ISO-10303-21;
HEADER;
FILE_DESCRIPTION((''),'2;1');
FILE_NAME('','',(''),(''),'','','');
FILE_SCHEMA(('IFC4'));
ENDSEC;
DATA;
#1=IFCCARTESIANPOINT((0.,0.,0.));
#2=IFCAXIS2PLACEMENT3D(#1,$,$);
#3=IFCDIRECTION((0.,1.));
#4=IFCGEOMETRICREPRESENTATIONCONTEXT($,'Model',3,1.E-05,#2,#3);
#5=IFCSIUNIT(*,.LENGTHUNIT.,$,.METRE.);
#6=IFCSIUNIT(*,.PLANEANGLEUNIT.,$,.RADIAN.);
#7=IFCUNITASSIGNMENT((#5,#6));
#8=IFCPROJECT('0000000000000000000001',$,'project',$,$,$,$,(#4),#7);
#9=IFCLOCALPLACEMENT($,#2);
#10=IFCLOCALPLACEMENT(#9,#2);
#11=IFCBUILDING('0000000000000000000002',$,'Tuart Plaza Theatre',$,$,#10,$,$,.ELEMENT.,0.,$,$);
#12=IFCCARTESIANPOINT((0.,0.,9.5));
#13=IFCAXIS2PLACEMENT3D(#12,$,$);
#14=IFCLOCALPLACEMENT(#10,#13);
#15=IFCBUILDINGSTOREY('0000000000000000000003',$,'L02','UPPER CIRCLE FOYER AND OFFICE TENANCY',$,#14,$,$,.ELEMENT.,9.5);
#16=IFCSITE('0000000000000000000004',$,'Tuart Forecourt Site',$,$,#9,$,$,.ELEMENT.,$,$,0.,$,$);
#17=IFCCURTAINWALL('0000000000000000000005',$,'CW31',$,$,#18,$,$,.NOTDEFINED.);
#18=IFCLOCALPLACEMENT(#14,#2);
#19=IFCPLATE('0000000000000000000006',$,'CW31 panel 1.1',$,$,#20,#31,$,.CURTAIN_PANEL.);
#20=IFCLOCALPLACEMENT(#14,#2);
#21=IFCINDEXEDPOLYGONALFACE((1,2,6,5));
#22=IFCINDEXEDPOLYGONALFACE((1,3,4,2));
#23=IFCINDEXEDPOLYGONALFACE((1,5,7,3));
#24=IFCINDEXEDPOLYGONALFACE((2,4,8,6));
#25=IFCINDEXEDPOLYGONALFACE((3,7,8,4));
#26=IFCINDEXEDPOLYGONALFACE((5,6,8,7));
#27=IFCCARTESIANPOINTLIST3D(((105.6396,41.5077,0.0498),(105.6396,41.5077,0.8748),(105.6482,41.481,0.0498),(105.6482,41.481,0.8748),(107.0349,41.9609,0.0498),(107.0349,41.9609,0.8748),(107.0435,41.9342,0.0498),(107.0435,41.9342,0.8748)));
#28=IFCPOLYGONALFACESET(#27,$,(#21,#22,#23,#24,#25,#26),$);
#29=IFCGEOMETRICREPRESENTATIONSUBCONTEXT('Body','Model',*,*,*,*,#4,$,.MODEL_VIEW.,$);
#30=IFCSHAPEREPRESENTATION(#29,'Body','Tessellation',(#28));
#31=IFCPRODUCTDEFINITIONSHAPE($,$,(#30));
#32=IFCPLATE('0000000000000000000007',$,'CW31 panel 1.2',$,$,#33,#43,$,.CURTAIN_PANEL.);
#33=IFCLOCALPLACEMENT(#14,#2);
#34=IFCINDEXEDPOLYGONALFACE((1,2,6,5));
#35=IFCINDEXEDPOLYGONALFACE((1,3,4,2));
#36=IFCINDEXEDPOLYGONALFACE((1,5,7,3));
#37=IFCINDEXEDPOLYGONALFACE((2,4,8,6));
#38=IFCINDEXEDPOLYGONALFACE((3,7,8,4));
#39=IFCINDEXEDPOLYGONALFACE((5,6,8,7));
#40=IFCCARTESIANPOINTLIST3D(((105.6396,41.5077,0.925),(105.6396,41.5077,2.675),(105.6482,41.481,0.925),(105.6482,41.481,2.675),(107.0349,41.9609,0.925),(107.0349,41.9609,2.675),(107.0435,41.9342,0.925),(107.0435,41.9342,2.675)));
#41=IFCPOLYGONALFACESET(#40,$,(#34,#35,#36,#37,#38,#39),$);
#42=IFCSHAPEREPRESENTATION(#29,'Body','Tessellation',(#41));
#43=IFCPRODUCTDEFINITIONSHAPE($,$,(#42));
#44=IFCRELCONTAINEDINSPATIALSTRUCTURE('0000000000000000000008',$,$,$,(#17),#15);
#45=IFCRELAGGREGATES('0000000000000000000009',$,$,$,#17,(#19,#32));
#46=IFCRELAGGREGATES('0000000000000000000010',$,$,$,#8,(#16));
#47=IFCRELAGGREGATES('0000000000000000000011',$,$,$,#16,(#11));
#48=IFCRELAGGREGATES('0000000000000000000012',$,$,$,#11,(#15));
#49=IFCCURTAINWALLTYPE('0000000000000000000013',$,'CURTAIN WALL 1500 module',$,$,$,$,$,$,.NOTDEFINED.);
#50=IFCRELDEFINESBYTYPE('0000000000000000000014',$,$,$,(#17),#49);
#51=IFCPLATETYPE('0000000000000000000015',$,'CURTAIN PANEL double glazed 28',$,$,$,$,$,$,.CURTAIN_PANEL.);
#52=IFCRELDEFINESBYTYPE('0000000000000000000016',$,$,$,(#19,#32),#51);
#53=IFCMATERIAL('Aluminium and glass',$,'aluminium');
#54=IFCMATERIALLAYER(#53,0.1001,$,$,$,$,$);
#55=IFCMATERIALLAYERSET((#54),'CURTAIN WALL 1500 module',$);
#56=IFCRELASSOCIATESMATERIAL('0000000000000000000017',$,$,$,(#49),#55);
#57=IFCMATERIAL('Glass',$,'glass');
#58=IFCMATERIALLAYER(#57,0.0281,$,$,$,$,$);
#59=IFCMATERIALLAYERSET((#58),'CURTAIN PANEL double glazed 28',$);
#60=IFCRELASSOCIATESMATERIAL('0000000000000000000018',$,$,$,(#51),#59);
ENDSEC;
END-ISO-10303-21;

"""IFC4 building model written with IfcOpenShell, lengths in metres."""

from ifc_helpers import new_model, si_unit, direction, frame, origin, origin_2d, place, context, subcontext, project, spatial, rectangle, extrude, material, layer, layer_set, type_object, element, aggregate, save


model = new_model("IFC4")

# Units and contexts
model_context = context("Model", 3, precision=1e-05, world=origin(), true_north=direction((0.0, 1.0)))
body_context = subcontext(model_context, "Body", "Model", "MODEL_VIEW")
ifc_project = project(units=[si_unit("LENGTHUNIT", "METRE"), si_unit("PLANEANGLEUNIT", "RADIAN")], contexts=[model_context])

# Site, building, storey
site_placement = place(None, origin())
site = spatial("IfcSite", under=ifc_project, at=site_placement, Name="Tuart Forecourt Site", CompositionType="ELEMENT", RefElevation=0.0)
building_placement = place(site_placement, origin())
building = spatial("IfcBuilding", under=site, at=building_placement, Name="Tuart Plaza Theatre", CompositionType="ELEMENT", ElevationOfRefHeight=0.0)
storey_placement = place(building_placement, frame((0.0, 0.0, 9.5)))
storey = spatial("IfcBuildingStorey", under=building, at=storey_placement, Name="L02", Description="UPPER CIRCLE FOYER AND OFFICE TENANCY", CompositionType="ELEMENT", Elevation=9.5)

# Shared definitions
ifc_material_1 = material(Name="Aluminium and glass", Category="aluminium")
ifc_layer_1 = layer(ifc_material_1, 0.1001)
ifc_layer_set_1 = layer_set([ifc_layer_1], Name="CURTAIN WALL 1500 module")
curtain_wall_type = type_object("IfcCurtainWallType", Name="CURTAIN WALL 1500 module", PredefinedType="NOTDEFINED", material=ifc_layer_set_1)

# Curtain wall
curtain_wall_1_placement = place(storey_placement, origin())
curtain_wall_1 = element("IfcCurtainWall", 1, at=curtain_wall_1_placement, inside=storey, type_object=curtain_wall_type, Name="CW31", PredefinedType="NOTDEFINED")

# Plates
ifc_material_2 = material(Name="Glass", Category="glass")
ifc_layer_2 = layer(ifc_material_2, 0.0281)
ifc_layer_set_2 = layer_set([ifc_layer_2], Name="CURTAIN PANEL double glazed 28")
plate_type = type_object("IfcPlateType", Name="CURTAIN PANEL double glazed 28", PredefinedType="CURTAIN_PANEL", material=ifc_layer_set_2)
plate_1_placement = place(storey_placement, frame((106.3416, 41.7209, 0.0498), z_axis=(0.0, 0.0, 1.0), x_axis=(0.951099, 0.308885, 0.0)))
plate_1 = element("IfcPlate", 2, at=plate_1_placement, type_object=plate_type, Name="CW31 panel 1.1", PredefinedType="CURTAIN_PANEL", context=body_context, shape_type="SweptSolid", body=[
    extrude(rectangle(XDim=1.467, YDim=0.0281, at=origin_2d()), origin(), (0.0, 0.0, 1.0), 0.825),
])
plate_2_placement = place(storey_placement, frame((106.3416, 41.7209, 0.925), z_axis=(0.0, 0.0, 1.0), x_axis=(0.951099, 0.308885, 0.0)))
plate_2 = element("IfcPlate", 3, at=plate_2_placement, type_object=plate_type, Name="CW31 panel 1.2", PredefinedType="CURTAIN_PANEL", context=body_context, shape_type="SweptSolid", body=[
    extrude(rectangle(XDim=1.467, YDim=0.0281, at=origin_2d()), origin(), (0.0, 0.0, 1.0), 1.75),
])
aggregate(curtain_wall_1, [plate_1, plate_2])

save(model, "model.ifc")
